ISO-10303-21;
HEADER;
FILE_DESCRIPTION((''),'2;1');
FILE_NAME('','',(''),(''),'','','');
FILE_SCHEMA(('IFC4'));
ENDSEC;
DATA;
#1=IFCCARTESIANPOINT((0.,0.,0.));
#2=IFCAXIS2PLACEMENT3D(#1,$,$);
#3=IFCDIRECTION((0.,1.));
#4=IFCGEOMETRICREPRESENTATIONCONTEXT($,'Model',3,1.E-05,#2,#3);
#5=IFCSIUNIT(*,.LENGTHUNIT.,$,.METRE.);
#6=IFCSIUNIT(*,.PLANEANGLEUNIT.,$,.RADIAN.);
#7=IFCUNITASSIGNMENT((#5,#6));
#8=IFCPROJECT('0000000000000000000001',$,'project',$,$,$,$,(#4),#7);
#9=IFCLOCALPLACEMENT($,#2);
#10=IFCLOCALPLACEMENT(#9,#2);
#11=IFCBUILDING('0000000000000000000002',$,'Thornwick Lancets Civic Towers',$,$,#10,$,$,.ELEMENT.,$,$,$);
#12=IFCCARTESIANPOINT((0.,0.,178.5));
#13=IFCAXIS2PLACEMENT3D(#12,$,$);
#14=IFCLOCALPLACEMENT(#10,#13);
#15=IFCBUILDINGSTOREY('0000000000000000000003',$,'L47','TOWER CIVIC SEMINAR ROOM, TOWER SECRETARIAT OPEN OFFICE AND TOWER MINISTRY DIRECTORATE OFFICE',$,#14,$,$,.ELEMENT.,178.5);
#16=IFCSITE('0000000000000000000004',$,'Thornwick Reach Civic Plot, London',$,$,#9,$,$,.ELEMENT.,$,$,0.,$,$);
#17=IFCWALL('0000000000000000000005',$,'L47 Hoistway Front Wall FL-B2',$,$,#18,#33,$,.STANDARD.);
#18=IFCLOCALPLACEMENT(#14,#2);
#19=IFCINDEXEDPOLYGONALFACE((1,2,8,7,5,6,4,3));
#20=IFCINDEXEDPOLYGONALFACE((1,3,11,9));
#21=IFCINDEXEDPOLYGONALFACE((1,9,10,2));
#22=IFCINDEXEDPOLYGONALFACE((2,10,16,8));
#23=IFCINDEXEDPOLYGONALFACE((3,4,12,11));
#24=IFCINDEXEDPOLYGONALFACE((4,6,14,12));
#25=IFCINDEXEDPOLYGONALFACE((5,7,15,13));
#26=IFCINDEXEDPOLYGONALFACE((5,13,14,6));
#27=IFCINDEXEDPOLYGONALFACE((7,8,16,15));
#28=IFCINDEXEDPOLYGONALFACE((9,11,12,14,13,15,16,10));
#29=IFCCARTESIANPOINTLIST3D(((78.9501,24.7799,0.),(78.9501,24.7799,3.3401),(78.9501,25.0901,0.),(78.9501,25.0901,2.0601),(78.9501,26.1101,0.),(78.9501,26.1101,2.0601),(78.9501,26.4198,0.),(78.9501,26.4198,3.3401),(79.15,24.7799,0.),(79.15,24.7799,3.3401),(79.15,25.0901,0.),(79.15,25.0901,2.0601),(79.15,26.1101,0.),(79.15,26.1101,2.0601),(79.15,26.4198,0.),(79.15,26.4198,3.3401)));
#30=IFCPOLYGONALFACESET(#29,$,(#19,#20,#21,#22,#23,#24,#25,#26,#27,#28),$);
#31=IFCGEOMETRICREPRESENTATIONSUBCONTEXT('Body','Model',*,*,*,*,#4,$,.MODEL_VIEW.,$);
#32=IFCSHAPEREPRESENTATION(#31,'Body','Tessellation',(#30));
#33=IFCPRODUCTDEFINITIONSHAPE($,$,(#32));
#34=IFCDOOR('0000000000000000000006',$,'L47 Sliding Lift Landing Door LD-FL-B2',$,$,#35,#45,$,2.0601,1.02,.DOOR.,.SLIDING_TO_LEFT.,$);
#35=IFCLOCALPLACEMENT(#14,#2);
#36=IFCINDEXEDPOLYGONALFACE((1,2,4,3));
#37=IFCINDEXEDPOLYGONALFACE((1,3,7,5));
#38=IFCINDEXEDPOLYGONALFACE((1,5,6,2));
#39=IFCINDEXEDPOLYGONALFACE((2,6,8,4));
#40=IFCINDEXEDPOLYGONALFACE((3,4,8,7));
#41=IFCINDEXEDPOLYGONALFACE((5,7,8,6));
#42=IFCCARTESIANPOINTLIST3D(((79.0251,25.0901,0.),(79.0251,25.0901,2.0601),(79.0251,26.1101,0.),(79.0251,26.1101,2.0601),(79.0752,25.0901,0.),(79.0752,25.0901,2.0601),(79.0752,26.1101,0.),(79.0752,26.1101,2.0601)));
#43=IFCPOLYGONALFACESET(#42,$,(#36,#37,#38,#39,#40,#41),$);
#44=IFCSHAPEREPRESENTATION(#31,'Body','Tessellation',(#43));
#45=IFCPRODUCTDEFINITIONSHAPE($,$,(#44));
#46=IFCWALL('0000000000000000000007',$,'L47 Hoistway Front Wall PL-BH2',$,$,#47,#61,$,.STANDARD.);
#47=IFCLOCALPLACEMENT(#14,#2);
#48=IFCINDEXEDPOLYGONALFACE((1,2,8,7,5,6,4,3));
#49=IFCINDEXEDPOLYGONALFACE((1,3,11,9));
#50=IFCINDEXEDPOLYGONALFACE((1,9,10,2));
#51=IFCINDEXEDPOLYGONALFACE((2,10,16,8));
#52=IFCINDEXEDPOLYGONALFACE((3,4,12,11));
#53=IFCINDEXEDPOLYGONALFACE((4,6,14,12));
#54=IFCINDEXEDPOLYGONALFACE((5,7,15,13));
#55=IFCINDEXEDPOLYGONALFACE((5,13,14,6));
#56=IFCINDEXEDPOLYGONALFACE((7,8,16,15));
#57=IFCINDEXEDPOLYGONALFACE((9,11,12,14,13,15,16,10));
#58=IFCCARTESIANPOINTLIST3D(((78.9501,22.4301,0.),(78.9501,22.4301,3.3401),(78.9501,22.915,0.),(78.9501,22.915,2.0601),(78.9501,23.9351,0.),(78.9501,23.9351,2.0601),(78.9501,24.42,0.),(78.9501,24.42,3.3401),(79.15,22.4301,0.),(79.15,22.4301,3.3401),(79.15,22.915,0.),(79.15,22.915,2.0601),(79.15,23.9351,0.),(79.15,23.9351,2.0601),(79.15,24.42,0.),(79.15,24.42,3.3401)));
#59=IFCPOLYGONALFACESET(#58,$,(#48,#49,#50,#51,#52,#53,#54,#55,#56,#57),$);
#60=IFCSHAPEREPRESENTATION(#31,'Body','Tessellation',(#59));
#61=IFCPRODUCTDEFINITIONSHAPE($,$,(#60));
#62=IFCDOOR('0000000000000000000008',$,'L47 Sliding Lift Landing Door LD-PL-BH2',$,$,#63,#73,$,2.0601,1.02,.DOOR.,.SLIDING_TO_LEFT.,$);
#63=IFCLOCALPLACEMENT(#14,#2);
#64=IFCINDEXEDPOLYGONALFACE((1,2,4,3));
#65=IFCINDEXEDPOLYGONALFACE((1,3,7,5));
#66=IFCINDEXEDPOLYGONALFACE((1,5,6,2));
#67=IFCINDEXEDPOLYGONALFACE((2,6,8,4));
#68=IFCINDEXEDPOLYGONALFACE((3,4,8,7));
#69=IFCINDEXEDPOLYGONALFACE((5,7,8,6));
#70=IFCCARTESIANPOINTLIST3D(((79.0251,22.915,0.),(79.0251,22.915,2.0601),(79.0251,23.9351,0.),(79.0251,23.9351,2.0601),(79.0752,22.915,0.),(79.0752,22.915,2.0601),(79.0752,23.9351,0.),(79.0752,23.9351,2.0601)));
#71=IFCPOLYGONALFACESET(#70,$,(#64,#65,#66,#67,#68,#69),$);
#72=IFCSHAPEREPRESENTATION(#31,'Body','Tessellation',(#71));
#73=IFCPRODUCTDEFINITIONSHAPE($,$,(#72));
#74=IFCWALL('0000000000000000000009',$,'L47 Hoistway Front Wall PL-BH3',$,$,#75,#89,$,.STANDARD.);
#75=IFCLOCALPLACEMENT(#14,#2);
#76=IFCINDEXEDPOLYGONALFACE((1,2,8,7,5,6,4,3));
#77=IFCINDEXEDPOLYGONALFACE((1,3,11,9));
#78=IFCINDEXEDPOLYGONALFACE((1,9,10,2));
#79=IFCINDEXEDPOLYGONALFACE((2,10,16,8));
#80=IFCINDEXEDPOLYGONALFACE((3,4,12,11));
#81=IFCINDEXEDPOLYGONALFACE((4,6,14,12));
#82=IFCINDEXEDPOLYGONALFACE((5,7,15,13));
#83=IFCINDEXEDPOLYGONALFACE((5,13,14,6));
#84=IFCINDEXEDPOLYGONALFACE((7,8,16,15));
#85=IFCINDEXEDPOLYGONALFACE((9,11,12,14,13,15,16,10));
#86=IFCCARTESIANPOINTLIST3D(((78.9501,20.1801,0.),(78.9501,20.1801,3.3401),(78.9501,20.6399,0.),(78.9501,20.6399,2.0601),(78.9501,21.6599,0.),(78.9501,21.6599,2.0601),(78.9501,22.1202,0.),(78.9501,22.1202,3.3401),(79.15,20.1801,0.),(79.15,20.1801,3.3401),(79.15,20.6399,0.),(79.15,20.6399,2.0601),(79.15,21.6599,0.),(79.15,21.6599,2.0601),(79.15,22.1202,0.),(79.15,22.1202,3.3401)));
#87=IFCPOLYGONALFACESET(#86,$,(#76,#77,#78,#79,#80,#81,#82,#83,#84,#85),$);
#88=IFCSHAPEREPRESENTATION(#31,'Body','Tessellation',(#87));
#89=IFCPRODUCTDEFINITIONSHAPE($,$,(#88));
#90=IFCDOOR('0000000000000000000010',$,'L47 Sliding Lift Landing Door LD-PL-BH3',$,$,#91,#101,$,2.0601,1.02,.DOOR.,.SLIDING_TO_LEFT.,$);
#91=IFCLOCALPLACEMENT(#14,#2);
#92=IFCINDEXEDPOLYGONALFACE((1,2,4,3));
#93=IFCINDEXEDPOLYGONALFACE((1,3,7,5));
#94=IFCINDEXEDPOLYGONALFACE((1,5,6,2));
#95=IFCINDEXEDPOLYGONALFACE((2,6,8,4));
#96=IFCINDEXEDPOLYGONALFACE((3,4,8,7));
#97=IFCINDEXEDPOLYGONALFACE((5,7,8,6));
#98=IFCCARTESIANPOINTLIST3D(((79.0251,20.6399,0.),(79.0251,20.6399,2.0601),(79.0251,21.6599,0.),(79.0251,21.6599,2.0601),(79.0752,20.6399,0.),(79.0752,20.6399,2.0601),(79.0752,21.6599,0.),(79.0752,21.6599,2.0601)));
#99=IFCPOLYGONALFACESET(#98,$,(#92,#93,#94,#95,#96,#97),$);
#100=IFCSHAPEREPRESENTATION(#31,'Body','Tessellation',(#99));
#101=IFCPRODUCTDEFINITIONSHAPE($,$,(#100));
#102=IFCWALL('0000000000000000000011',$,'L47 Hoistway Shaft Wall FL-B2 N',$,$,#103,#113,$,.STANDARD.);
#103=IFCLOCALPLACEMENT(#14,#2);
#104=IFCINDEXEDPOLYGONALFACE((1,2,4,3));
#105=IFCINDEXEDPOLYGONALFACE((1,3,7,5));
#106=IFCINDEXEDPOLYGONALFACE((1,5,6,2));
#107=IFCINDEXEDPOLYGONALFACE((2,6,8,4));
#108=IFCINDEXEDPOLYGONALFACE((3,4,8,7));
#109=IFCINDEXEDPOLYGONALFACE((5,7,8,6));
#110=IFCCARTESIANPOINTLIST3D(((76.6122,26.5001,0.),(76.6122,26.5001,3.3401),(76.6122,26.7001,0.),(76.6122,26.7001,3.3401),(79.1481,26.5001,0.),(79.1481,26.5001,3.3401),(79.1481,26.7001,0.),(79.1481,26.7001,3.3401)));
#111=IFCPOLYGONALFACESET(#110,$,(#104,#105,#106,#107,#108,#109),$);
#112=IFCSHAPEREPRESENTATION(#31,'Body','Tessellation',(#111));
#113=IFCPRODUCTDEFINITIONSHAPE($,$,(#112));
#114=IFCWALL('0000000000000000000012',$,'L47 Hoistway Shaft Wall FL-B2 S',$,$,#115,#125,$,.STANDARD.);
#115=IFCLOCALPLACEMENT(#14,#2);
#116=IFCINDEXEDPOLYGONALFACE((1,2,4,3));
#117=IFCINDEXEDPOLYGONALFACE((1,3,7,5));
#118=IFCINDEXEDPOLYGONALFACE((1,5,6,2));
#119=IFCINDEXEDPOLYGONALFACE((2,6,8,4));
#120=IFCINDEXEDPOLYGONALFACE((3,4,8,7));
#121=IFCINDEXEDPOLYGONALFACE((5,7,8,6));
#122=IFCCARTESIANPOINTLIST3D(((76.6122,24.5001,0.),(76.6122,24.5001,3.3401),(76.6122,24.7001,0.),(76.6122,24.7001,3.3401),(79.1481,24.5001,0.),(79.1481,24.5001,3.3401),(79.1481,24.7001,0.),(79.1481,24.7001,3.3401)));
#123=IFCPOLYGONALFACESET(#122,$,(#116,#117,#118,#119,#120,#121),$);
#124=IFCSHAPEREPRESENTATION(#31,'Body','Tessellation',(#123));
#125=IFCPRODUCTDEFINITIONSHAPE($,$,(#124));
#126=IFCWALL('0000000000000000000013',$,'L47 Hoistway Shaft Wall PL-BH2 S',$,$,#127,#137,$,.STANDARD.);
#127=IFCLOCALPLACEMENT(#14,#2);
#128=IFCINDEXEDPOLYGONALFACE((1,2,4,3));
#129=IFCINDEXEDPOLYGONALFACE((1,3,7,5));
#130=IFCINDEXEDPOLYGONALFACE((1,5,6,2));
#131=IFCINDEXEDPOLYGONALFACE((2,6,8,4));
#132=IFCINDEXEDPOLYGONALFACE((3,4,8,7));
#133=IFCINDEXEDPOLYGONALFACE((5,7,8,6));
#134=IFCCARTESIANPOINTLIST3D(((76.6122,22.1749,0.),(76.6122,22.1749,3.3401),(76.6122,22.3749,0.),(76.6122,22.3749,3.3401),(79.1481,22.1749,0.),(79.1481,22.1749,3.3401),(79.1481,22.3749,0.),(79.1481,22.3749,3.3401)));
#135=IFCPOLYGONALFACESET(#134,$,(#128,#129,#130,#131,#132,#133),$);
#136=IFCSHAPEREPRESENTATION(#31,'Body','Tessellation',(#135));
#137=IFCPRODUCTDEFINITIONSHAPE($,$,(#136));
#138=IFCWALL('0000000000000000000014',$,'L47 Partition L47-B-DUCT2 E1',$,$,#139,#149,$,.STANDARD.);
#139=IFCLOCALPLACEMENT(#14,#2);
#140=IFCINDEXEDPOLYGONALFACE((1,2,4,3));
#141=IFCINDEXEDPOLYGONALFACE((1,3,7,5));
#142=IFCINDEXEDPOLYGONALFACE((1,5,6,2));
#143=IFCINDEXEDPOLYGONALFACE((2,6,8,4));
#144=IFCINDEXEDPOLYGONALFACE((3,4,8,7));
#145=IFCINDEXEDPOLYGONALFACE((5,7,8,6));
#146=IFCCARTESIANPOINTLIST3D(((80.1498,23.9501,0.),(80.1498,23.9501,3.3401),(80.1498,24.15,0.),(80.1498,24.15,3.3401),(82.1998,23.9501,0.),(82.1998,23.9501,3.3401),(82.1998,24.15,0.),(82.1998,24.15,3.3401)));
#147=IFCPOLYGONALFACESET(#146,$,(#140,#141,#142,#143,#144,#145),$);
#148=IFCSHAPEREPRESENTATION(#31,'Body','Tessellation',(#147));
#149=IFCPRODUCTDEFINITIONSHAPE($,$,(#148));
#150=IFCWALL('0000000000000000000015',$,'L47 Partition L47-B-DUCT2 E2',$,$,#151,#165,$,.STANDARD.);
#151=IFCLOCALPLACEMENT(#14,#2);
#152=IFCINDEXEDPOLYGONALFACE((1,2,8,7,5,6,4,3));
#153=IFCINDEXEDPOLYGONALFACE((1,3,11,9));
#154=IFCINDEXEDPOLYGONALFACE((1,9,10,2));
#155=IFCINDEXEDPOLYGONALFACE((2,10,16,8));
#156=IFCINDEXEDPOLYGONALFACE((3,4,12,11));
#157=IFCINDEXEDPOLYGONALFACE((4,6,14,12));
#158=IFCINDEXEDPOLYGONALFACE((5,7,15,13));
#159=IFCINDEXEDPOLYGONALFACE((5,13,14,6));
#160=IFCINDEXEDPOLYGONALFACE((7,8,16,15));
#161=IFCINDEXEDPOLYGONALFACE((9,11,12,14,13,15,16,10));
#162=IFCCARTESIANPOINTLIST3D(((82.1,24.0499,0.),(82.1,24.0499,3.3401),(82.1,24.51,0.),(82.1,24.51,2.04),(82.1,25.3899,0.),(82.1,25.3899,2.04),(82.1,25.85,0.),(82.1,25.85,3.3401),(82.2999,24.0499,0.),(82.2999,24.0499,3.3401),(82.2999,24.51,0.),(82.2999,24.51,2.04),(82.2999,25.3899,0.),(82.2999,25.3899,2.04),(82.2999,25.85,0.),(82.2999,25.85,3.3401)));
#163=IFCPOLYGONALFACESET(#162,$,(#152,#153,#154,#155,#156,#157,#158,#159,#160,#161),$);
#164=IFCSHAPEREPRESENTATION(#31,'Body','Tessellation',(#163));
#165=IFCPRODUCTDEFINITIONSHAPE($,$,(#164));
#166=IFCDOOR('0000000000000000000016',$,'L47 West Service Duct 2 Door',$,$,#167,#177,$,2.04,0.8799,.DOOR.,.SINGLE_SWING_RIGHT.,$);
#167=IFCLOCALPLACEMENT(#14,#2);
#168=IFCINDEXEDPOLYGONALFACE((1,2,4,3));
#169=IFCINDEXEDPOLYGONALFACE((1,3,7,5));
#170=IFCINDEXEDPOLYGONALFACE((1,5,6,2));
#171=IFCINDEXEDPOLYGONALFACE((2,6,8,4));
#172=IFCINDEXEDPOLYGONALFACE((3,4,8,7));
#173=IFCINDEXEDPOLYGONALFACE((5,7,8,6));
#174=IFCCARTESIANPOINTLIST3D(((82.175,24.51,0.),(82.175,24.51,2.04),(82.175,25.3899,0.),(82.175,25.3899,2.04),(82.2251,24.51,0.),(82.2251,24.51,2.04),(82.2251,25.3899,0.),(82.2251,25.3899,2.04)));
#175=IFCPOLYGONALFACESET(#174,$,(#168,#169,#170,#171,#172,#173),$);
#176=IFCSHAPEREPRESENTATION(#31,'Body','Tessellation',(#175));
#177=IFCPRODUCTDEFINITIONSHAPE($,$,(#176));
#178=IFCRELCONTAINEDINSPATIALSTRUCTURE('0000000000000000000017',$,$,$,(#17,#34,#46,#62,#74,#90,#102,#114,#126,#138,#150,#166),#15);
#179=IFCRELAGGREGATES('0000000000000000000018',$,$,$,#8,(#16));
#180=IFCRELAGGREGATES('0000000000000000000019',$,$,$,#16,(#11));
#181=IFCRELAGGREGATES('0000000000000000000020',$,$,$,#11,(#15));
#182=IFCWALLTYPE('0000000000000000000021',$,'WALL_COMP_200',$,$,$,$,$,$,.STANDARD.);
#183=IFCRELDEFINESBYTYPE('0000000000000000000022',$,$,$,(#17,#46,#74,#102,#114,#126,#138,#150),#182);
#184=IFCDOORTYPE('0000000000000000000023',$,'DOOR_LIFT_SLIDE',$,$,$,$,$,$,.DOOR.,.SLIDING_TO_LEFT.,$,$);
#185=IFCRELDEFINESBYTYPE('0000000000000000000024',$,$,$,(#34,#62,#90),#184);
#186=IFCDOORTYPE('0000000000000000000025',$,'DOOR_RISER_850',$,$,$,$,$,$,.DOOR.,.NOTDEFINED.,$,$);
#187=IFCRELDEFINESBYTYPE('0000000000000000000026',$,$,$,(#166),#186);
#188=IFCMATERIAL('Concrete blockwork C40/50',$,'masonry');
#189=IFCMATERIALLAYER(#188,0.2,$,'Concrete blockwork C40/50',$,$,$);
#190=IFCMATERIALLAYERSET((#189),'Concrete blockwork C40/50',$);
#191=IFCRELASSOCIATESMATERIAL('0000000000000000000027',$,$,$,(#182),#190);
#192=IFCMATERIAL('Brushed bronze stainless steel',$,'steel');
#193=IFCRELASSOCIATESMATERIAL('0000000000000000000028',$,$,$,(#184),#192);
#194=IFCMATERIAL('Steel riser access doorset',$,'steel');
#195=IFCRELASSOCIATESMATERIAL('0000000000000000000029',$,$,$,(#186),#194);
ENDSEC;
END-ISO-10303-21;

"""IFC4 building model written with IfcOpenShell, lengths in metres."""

from ifc_helpers import new_model, si_unit, direction, frame, frame_2d, origin, place, context, subcontext, project, spatial, rectangle, extrude, material, layer, layer_set, type_object, element, fill, save


model = new_model("IFC4")

# Units and contexts
model_context = context("Model", 3, precision=1e-05, world=origin(), true_north=direction((0.0, 1.0)))
body_context = subcontext(model_context, "Body", "Model", "MODEL_VIEW")
ifc_project = project(units=[si_unit("LENGTHUNIT", "METRE"), si_unit("PLANEANGLEUNIT", "RADIAN")], contexts=[model_context])

# Site, building, storey
site_placement = place(None, origin())
site = spatial("IfcSite", under=ifc_project, at=site_placement, Name="Thornwick Reach Civic Plot, London", CompositionType="ELEMENT", RefElevation=0.0)
building_placement = place(site_placement, origin())
building = spatial("IfcBuilding", under=site, at=building_placement, Name="Thornwick Lancets Civic Towers", CompositionType="ELEMENT")
storey_placement = place(building_placement, frame((0.0, 0.0, 178.5)))
storey = spatial("IfcBuildingStorey", under=building, at=storey_placement, Name="L47", Description="TOWER CIVIC SEMINAR ROOM, TOWER SECRETARIAT OPEN OFFICE AND TOWER MINISTRY DIRECTORATE OFFICE", CompositionType="ELEMENT", Elevation=178.5)

# Walls, openings, doors
ifc_material_1 = material(Name="Concrete blockwork C40/50", Category="masonry")
ifc_layer_1 = layer(ifc_material_1, 0.2, Name="Concrete blockwork C40/50")
ifc_layer_set_1 = layer_set([ifc_layer_1], Name="Concrete blockwork C40/50")
wall_type_1 = type_object("IfcWallType", Name="WALL_COMP_200", PredefinedType="STANDARD", material=ifc_layer_set_1)
wall_1_placement = place(storey_placement, frame((79.05, 24.78, 0.0), z_axis=(0.0, 0.0, 1.0), x_axis=(0.0, 1.0, 0.0)))
wall_1 = element("IfcWall", 1, at=wall_1_placement, inside=storey, type_object=wall_type_1, Name="L47 Hoistway Front Wall FL-B2", PredefinedType="STANDARD", context=body_context, shape_type="SweptSolid", body=[
    extrude(rectangle(XDim=1.6399, YDim=0.2, at=frame_2d((0.8198, 0.0))), origin(), (0.0, 0.0, 1.0), 3.3401),
])
opening_1_placement = place(wall_1_placement, frame((0.3101, 0.0, 0.0)))
opening_1 = element("IfcOpeningElement", 2, at=opening_1_placement, cuts=wall_1, PredefinedType="OPENING", context=body_context, shape_type="SweptSolid", body=[
    extrude(rectangle(XDim=1.02, YDim=2.0601, at=frame_2d((0.51, 1.03))), frame((0.0, 0.1099, 0.0), z_axis=(0.0, -1.0, 0.0), x_axis=(1.0, 0.0, 0.0)), (0.0, 0.0, 1.0), 0.22),
])
ifc_material_2 = material(Name="Brushed bronze stainless steel", Category="steel")
door_type_1 = type_object("IfcDoorType", Name="DOOR_LIFT_SLIDE", OperationType="SLIDING_TO_LEFT", PredefinedType="DOOR", material=ifc_material_2)
door_1_placement = place(opening_1_placement, origin())
door_1 = element("IfcDoor", 3, at=door_1_placement, inside=storey, type_object=door_type_1, Name="L47 Sliding Lift Landing Door LD-FL-B2", OperationType="SLIDING_TO_LEFT", OverallHeight=2.0601, OverallWidth=1.02, PredefinedType="DOOR", context=body_context, shape_type="SweptSolid", body=[
    extrude(rectangle(XDim=1.02, YDim=2.0601, at=frame_2d((0.51, 1.03))), frame((0.0, 0.0249, 0.0), z_axis=(0.0, -1.0, 0.0), x_axis=(1.0, 0.0, 0.0)), (0.0, 0.0, 1.0), 0.05),
])
fill(opening_1, door_1)
wall_2_placement = place(storey_placement, frame((79.05, 22.4299, 0.0), z_axis=(0.0, 0.0, 1.0), x_axis=(0.0, 1.0, 0.0)))
wall_2 = element("IfcWall", 4, at=wall_2_placement, inside=storey, type_object=wall_type_1, Name="L47 Hoistway Front Wall PL-BH2", PredefinedType="STANDARD", context=body_context, shape_type="SweptSolid", body=[
    extrude(rectangle(XDim=1.99, YDim=0.2, at=frame_2d((0.9951, 0.0))), origin(), (0.0, 0.0, 1.0), 3.3401),
])
opening_2_placement = place(wall_2_placement, frame((0.4851, 0.0, 0.0)))
opening_2 = element("IfcOpeningElement", 5, at=opening_2_placement, cuts=wall_2, PredefinedType="OPENING", context=body_context, shape_type="SweptSolid", body=[
    extrude(rectangle(XDim=1.02, YDim=2.0601, at=frame_2d((0.51, 1.03))), frame((0.0, 0.1099, 0.0), z_axis=(0.0, -1.0, 0.0), x_axis=(1.0, 0.0, 0.0)), (0.0, 0.0, 1.0), 0.22),
])
door_2_placement = place(opening_2_placement, origin())
door_2 = element("IfcDoor", 6, at=door_2_placement, inside=storey, type_object=door_type_1, Name="L47 Sliding Lift Landing Door LD-PL-BH2", OperationType="SLIDING_TO_LEFT", OverallHeight=2.0601, OverallWidth=1.02, PredefinedType="DOOR", context=body_context, shape_type="SweptSolid", body=[
    extrude(rectangle(XDim=1.02, YDim=2.0601, at=frame_2d((0.51, 1.03))), frame((0.0, 0.0249, 0.0), z_axis=(0.0, -1.0, 0.0), x_axis=(1.0, 0.0, 0.0)), (0.0, 0.0, 1.0), 0.05),
])
fill(opening_2, door_2)
wall_3_placement = place(storey_placement, frame((79.05, 20.1799, 0.0), z_axis=(0.0, 0.0, 1.0), x_axis=(0.0, 1.0, 0.0)))
wall_3 = element("IfcWall", 7, at=wall_3_placement, inside=storey, type_object=wall_type_1, Name="L47 Hoistway Front Wall PL-BH3", PredefinedType="STANDARD", context=body_context, shape_type="SweptSolid", body=[
    extrude(rectangle(XDim=1.9402, YDim=0.2, at=frame_2d((0.9702, 0.0))), origin(), (0.0, 0.0, 1.0), 3.3401),
])
opening_3_placement = place(wall_3_placement, frame((0.46, 0.0, 0.0)))
opening_3 = element("IfcOpeningElement", 8, at=opening_3_placement, cuts=wall_3, PredefinedType="OPENING", context=body_context, shape_type="SweptSolid", body=[
    extrude(rectangle(XDim=1.02, YDim=2.0601, at=frame_2d((0.51, 1.03))), frame((0.0, 0.1099, 0.0), z_axis=(0.0, -1.0, 0.0), x_axis=(1.0, 0.0, 0.0)), (0.0, 0.0, 1.0), 0.22),
])
door_3_placement = place(opening_3_placement, origin())
door_3 = element("IfcDoor", 9, at=door_3_placement, inside=storey, type_object=door_type_1, Name="L47 Sliding Lift Landing Door LD-PL-BH3", OperationType="SLIDING_TO_LEFT", OverallHeight=2.0601, OverallWidth=1.02, PredefinedType="DOOR", context=body_context, shape_type="SweptSolid", body=[
    extrude(rectangle(XDim=1.02, YDim=2.0601, at=frame_2d((0.51, 1.03))), frame((0.0, 0.0249, 0.0), z_axis=(0.0, -1.0, 0.0), x_axis=(1.0, 0.0, 0.0)), (0.0, 0.0, 1.0), 0.05),
])
fill(opening_3, door_3)

# Walls
for number, where, z_axis, x_axis, name in (
    (10, (76.6121, 26.6001, 0.0), (0.0, 0.0, 1.0), (1.0, 0.0, 0.0), "L47 Hoistway Shaft Wall FL-B2 N"),
    (11, (76.6121, 24.6001, 0.0), (0.0, 0.0, 1.0), (1.0, 0.0, 0.0), "L47 Hoistway Shaft Wall FL-B2 S"),
    (12, (76.6121, 22.2749, 0.0), (0.0, 0.0, 1.0), (1.0, 0.0, 0.0), "L47 Hoistway Shaft Wall PL-BH2 S"),
):
    element("IfcWall", number, at=place(storey_placement, frame(where, z_axis=z_axis, x_axis=x_axis)), inside=storey, type_object=wall_type_1, Name=name, PredefinedType="STANDARD", context=body_context, shape_type="SweptSolid", body=[
        extrude(rectangle(XDim=2.5359, YDim=0.2, at=frame_2d((1.2681, 0.0))), origin(), (0.0, 0.0, 1.0), 3.3401),
    ])
wall_4_placement = place(storey_placement, frame((80.1499, 24.05, 0.0), z_axis=(0.0, 0.0, 1.0), x_axis=(1.0, 0.0, 0.0)))
element("IfcWall", 13, at=wall_4_placement, inside=storey, type_object=wall_type_1, Name="L47 Partition L47-B-DUCT2 E1", PredefinedType="STANDARD", context=body_context, shape_type="SweptSolid", body=[
    extrude(rectangle(XDim=2.05, YDim=0.2, at=frame_2d((1.0249, 0.0))), origin(), (0.0, 0.0, 1.0), 3.3401),
])

# Wall, opening, door
wall_5_placement = place(storey_placement, frame((82.2, 24.05, 0.0), z_axis=(0.0, 0.0, 1.0), x_axis=(0.0, 1.0, 0.0)))
wall_5 = element("IfcWall", 14, at=wall_5_placement, inside=storey, type_object=wall_type_1, Name="L47 Partition L47-B-DUCT2 E2", PredefinedType="STANDARD", context=body_context, shape_type="SweptSolid", body=[
    extrude(rectangle(XDim=1.8, YDim=0.2, at=frame_2d((0.8999, 0.0))), origin(), (0.0, 0.0, 1.0), 3.3401),
])
opening_4_placement = place(wall_5_placement, frame((0.46, 0.0, 0.0)))
opening_4 = element("IfcOpeningElement", 15, at=opening_4_placement, cuts=wall_5, PredefinedType="OPENING", context=body_context, shape_type="SweptSolid", body=[
    extrude(rectangle(XDim=0.8799, YDim=2.04, at=frame_2d((0.4399, 1.02))), frame((0.0, 0.1099, 0.0), z_axis=(0.0, -1.0, 0.0), x_axis=(1.0, 0.0, 0.0)), (0.0, 0.0, 1.0), 0.22),
])
ifc_material_3 = material(Name="Steel riser access doorset", Category="steel")
door_type_2 = type_object("IfcDoorType", Name="DOOR_RISER_850", OperationType="NOTDEFINED", PredefinedType="DOOR", material=ifc_material_3)
door_4_placement = place(opening_4_placement, origin())
door_4 = element("IfcDoor", 16, at=door_4_placement, inside=storey, type_object=door_type_2, Name="L47 West Service Duct 2 Door", OperationType="SINGLE_SWING_RIGHT", OverallHeight=2.04, OverallWidth=0.8799, PredefinedType="DOOR", context=body_context, shape_type="SweptSolid", body=[
    extrude(rectangle(XDim=0.8799, YDim=2.04, at=frame_2d((0.4399, 1.02))), frame((0.0, 0.0249, 0.0), z_axis=(0.0, -1.0, 0.0), x_axis=(1.0, 0.0, 0.0)), (0.0, 0.0, 1.0), 0.05),
])
fill(opening_4, door_4)

save(model, "model.ifc")
